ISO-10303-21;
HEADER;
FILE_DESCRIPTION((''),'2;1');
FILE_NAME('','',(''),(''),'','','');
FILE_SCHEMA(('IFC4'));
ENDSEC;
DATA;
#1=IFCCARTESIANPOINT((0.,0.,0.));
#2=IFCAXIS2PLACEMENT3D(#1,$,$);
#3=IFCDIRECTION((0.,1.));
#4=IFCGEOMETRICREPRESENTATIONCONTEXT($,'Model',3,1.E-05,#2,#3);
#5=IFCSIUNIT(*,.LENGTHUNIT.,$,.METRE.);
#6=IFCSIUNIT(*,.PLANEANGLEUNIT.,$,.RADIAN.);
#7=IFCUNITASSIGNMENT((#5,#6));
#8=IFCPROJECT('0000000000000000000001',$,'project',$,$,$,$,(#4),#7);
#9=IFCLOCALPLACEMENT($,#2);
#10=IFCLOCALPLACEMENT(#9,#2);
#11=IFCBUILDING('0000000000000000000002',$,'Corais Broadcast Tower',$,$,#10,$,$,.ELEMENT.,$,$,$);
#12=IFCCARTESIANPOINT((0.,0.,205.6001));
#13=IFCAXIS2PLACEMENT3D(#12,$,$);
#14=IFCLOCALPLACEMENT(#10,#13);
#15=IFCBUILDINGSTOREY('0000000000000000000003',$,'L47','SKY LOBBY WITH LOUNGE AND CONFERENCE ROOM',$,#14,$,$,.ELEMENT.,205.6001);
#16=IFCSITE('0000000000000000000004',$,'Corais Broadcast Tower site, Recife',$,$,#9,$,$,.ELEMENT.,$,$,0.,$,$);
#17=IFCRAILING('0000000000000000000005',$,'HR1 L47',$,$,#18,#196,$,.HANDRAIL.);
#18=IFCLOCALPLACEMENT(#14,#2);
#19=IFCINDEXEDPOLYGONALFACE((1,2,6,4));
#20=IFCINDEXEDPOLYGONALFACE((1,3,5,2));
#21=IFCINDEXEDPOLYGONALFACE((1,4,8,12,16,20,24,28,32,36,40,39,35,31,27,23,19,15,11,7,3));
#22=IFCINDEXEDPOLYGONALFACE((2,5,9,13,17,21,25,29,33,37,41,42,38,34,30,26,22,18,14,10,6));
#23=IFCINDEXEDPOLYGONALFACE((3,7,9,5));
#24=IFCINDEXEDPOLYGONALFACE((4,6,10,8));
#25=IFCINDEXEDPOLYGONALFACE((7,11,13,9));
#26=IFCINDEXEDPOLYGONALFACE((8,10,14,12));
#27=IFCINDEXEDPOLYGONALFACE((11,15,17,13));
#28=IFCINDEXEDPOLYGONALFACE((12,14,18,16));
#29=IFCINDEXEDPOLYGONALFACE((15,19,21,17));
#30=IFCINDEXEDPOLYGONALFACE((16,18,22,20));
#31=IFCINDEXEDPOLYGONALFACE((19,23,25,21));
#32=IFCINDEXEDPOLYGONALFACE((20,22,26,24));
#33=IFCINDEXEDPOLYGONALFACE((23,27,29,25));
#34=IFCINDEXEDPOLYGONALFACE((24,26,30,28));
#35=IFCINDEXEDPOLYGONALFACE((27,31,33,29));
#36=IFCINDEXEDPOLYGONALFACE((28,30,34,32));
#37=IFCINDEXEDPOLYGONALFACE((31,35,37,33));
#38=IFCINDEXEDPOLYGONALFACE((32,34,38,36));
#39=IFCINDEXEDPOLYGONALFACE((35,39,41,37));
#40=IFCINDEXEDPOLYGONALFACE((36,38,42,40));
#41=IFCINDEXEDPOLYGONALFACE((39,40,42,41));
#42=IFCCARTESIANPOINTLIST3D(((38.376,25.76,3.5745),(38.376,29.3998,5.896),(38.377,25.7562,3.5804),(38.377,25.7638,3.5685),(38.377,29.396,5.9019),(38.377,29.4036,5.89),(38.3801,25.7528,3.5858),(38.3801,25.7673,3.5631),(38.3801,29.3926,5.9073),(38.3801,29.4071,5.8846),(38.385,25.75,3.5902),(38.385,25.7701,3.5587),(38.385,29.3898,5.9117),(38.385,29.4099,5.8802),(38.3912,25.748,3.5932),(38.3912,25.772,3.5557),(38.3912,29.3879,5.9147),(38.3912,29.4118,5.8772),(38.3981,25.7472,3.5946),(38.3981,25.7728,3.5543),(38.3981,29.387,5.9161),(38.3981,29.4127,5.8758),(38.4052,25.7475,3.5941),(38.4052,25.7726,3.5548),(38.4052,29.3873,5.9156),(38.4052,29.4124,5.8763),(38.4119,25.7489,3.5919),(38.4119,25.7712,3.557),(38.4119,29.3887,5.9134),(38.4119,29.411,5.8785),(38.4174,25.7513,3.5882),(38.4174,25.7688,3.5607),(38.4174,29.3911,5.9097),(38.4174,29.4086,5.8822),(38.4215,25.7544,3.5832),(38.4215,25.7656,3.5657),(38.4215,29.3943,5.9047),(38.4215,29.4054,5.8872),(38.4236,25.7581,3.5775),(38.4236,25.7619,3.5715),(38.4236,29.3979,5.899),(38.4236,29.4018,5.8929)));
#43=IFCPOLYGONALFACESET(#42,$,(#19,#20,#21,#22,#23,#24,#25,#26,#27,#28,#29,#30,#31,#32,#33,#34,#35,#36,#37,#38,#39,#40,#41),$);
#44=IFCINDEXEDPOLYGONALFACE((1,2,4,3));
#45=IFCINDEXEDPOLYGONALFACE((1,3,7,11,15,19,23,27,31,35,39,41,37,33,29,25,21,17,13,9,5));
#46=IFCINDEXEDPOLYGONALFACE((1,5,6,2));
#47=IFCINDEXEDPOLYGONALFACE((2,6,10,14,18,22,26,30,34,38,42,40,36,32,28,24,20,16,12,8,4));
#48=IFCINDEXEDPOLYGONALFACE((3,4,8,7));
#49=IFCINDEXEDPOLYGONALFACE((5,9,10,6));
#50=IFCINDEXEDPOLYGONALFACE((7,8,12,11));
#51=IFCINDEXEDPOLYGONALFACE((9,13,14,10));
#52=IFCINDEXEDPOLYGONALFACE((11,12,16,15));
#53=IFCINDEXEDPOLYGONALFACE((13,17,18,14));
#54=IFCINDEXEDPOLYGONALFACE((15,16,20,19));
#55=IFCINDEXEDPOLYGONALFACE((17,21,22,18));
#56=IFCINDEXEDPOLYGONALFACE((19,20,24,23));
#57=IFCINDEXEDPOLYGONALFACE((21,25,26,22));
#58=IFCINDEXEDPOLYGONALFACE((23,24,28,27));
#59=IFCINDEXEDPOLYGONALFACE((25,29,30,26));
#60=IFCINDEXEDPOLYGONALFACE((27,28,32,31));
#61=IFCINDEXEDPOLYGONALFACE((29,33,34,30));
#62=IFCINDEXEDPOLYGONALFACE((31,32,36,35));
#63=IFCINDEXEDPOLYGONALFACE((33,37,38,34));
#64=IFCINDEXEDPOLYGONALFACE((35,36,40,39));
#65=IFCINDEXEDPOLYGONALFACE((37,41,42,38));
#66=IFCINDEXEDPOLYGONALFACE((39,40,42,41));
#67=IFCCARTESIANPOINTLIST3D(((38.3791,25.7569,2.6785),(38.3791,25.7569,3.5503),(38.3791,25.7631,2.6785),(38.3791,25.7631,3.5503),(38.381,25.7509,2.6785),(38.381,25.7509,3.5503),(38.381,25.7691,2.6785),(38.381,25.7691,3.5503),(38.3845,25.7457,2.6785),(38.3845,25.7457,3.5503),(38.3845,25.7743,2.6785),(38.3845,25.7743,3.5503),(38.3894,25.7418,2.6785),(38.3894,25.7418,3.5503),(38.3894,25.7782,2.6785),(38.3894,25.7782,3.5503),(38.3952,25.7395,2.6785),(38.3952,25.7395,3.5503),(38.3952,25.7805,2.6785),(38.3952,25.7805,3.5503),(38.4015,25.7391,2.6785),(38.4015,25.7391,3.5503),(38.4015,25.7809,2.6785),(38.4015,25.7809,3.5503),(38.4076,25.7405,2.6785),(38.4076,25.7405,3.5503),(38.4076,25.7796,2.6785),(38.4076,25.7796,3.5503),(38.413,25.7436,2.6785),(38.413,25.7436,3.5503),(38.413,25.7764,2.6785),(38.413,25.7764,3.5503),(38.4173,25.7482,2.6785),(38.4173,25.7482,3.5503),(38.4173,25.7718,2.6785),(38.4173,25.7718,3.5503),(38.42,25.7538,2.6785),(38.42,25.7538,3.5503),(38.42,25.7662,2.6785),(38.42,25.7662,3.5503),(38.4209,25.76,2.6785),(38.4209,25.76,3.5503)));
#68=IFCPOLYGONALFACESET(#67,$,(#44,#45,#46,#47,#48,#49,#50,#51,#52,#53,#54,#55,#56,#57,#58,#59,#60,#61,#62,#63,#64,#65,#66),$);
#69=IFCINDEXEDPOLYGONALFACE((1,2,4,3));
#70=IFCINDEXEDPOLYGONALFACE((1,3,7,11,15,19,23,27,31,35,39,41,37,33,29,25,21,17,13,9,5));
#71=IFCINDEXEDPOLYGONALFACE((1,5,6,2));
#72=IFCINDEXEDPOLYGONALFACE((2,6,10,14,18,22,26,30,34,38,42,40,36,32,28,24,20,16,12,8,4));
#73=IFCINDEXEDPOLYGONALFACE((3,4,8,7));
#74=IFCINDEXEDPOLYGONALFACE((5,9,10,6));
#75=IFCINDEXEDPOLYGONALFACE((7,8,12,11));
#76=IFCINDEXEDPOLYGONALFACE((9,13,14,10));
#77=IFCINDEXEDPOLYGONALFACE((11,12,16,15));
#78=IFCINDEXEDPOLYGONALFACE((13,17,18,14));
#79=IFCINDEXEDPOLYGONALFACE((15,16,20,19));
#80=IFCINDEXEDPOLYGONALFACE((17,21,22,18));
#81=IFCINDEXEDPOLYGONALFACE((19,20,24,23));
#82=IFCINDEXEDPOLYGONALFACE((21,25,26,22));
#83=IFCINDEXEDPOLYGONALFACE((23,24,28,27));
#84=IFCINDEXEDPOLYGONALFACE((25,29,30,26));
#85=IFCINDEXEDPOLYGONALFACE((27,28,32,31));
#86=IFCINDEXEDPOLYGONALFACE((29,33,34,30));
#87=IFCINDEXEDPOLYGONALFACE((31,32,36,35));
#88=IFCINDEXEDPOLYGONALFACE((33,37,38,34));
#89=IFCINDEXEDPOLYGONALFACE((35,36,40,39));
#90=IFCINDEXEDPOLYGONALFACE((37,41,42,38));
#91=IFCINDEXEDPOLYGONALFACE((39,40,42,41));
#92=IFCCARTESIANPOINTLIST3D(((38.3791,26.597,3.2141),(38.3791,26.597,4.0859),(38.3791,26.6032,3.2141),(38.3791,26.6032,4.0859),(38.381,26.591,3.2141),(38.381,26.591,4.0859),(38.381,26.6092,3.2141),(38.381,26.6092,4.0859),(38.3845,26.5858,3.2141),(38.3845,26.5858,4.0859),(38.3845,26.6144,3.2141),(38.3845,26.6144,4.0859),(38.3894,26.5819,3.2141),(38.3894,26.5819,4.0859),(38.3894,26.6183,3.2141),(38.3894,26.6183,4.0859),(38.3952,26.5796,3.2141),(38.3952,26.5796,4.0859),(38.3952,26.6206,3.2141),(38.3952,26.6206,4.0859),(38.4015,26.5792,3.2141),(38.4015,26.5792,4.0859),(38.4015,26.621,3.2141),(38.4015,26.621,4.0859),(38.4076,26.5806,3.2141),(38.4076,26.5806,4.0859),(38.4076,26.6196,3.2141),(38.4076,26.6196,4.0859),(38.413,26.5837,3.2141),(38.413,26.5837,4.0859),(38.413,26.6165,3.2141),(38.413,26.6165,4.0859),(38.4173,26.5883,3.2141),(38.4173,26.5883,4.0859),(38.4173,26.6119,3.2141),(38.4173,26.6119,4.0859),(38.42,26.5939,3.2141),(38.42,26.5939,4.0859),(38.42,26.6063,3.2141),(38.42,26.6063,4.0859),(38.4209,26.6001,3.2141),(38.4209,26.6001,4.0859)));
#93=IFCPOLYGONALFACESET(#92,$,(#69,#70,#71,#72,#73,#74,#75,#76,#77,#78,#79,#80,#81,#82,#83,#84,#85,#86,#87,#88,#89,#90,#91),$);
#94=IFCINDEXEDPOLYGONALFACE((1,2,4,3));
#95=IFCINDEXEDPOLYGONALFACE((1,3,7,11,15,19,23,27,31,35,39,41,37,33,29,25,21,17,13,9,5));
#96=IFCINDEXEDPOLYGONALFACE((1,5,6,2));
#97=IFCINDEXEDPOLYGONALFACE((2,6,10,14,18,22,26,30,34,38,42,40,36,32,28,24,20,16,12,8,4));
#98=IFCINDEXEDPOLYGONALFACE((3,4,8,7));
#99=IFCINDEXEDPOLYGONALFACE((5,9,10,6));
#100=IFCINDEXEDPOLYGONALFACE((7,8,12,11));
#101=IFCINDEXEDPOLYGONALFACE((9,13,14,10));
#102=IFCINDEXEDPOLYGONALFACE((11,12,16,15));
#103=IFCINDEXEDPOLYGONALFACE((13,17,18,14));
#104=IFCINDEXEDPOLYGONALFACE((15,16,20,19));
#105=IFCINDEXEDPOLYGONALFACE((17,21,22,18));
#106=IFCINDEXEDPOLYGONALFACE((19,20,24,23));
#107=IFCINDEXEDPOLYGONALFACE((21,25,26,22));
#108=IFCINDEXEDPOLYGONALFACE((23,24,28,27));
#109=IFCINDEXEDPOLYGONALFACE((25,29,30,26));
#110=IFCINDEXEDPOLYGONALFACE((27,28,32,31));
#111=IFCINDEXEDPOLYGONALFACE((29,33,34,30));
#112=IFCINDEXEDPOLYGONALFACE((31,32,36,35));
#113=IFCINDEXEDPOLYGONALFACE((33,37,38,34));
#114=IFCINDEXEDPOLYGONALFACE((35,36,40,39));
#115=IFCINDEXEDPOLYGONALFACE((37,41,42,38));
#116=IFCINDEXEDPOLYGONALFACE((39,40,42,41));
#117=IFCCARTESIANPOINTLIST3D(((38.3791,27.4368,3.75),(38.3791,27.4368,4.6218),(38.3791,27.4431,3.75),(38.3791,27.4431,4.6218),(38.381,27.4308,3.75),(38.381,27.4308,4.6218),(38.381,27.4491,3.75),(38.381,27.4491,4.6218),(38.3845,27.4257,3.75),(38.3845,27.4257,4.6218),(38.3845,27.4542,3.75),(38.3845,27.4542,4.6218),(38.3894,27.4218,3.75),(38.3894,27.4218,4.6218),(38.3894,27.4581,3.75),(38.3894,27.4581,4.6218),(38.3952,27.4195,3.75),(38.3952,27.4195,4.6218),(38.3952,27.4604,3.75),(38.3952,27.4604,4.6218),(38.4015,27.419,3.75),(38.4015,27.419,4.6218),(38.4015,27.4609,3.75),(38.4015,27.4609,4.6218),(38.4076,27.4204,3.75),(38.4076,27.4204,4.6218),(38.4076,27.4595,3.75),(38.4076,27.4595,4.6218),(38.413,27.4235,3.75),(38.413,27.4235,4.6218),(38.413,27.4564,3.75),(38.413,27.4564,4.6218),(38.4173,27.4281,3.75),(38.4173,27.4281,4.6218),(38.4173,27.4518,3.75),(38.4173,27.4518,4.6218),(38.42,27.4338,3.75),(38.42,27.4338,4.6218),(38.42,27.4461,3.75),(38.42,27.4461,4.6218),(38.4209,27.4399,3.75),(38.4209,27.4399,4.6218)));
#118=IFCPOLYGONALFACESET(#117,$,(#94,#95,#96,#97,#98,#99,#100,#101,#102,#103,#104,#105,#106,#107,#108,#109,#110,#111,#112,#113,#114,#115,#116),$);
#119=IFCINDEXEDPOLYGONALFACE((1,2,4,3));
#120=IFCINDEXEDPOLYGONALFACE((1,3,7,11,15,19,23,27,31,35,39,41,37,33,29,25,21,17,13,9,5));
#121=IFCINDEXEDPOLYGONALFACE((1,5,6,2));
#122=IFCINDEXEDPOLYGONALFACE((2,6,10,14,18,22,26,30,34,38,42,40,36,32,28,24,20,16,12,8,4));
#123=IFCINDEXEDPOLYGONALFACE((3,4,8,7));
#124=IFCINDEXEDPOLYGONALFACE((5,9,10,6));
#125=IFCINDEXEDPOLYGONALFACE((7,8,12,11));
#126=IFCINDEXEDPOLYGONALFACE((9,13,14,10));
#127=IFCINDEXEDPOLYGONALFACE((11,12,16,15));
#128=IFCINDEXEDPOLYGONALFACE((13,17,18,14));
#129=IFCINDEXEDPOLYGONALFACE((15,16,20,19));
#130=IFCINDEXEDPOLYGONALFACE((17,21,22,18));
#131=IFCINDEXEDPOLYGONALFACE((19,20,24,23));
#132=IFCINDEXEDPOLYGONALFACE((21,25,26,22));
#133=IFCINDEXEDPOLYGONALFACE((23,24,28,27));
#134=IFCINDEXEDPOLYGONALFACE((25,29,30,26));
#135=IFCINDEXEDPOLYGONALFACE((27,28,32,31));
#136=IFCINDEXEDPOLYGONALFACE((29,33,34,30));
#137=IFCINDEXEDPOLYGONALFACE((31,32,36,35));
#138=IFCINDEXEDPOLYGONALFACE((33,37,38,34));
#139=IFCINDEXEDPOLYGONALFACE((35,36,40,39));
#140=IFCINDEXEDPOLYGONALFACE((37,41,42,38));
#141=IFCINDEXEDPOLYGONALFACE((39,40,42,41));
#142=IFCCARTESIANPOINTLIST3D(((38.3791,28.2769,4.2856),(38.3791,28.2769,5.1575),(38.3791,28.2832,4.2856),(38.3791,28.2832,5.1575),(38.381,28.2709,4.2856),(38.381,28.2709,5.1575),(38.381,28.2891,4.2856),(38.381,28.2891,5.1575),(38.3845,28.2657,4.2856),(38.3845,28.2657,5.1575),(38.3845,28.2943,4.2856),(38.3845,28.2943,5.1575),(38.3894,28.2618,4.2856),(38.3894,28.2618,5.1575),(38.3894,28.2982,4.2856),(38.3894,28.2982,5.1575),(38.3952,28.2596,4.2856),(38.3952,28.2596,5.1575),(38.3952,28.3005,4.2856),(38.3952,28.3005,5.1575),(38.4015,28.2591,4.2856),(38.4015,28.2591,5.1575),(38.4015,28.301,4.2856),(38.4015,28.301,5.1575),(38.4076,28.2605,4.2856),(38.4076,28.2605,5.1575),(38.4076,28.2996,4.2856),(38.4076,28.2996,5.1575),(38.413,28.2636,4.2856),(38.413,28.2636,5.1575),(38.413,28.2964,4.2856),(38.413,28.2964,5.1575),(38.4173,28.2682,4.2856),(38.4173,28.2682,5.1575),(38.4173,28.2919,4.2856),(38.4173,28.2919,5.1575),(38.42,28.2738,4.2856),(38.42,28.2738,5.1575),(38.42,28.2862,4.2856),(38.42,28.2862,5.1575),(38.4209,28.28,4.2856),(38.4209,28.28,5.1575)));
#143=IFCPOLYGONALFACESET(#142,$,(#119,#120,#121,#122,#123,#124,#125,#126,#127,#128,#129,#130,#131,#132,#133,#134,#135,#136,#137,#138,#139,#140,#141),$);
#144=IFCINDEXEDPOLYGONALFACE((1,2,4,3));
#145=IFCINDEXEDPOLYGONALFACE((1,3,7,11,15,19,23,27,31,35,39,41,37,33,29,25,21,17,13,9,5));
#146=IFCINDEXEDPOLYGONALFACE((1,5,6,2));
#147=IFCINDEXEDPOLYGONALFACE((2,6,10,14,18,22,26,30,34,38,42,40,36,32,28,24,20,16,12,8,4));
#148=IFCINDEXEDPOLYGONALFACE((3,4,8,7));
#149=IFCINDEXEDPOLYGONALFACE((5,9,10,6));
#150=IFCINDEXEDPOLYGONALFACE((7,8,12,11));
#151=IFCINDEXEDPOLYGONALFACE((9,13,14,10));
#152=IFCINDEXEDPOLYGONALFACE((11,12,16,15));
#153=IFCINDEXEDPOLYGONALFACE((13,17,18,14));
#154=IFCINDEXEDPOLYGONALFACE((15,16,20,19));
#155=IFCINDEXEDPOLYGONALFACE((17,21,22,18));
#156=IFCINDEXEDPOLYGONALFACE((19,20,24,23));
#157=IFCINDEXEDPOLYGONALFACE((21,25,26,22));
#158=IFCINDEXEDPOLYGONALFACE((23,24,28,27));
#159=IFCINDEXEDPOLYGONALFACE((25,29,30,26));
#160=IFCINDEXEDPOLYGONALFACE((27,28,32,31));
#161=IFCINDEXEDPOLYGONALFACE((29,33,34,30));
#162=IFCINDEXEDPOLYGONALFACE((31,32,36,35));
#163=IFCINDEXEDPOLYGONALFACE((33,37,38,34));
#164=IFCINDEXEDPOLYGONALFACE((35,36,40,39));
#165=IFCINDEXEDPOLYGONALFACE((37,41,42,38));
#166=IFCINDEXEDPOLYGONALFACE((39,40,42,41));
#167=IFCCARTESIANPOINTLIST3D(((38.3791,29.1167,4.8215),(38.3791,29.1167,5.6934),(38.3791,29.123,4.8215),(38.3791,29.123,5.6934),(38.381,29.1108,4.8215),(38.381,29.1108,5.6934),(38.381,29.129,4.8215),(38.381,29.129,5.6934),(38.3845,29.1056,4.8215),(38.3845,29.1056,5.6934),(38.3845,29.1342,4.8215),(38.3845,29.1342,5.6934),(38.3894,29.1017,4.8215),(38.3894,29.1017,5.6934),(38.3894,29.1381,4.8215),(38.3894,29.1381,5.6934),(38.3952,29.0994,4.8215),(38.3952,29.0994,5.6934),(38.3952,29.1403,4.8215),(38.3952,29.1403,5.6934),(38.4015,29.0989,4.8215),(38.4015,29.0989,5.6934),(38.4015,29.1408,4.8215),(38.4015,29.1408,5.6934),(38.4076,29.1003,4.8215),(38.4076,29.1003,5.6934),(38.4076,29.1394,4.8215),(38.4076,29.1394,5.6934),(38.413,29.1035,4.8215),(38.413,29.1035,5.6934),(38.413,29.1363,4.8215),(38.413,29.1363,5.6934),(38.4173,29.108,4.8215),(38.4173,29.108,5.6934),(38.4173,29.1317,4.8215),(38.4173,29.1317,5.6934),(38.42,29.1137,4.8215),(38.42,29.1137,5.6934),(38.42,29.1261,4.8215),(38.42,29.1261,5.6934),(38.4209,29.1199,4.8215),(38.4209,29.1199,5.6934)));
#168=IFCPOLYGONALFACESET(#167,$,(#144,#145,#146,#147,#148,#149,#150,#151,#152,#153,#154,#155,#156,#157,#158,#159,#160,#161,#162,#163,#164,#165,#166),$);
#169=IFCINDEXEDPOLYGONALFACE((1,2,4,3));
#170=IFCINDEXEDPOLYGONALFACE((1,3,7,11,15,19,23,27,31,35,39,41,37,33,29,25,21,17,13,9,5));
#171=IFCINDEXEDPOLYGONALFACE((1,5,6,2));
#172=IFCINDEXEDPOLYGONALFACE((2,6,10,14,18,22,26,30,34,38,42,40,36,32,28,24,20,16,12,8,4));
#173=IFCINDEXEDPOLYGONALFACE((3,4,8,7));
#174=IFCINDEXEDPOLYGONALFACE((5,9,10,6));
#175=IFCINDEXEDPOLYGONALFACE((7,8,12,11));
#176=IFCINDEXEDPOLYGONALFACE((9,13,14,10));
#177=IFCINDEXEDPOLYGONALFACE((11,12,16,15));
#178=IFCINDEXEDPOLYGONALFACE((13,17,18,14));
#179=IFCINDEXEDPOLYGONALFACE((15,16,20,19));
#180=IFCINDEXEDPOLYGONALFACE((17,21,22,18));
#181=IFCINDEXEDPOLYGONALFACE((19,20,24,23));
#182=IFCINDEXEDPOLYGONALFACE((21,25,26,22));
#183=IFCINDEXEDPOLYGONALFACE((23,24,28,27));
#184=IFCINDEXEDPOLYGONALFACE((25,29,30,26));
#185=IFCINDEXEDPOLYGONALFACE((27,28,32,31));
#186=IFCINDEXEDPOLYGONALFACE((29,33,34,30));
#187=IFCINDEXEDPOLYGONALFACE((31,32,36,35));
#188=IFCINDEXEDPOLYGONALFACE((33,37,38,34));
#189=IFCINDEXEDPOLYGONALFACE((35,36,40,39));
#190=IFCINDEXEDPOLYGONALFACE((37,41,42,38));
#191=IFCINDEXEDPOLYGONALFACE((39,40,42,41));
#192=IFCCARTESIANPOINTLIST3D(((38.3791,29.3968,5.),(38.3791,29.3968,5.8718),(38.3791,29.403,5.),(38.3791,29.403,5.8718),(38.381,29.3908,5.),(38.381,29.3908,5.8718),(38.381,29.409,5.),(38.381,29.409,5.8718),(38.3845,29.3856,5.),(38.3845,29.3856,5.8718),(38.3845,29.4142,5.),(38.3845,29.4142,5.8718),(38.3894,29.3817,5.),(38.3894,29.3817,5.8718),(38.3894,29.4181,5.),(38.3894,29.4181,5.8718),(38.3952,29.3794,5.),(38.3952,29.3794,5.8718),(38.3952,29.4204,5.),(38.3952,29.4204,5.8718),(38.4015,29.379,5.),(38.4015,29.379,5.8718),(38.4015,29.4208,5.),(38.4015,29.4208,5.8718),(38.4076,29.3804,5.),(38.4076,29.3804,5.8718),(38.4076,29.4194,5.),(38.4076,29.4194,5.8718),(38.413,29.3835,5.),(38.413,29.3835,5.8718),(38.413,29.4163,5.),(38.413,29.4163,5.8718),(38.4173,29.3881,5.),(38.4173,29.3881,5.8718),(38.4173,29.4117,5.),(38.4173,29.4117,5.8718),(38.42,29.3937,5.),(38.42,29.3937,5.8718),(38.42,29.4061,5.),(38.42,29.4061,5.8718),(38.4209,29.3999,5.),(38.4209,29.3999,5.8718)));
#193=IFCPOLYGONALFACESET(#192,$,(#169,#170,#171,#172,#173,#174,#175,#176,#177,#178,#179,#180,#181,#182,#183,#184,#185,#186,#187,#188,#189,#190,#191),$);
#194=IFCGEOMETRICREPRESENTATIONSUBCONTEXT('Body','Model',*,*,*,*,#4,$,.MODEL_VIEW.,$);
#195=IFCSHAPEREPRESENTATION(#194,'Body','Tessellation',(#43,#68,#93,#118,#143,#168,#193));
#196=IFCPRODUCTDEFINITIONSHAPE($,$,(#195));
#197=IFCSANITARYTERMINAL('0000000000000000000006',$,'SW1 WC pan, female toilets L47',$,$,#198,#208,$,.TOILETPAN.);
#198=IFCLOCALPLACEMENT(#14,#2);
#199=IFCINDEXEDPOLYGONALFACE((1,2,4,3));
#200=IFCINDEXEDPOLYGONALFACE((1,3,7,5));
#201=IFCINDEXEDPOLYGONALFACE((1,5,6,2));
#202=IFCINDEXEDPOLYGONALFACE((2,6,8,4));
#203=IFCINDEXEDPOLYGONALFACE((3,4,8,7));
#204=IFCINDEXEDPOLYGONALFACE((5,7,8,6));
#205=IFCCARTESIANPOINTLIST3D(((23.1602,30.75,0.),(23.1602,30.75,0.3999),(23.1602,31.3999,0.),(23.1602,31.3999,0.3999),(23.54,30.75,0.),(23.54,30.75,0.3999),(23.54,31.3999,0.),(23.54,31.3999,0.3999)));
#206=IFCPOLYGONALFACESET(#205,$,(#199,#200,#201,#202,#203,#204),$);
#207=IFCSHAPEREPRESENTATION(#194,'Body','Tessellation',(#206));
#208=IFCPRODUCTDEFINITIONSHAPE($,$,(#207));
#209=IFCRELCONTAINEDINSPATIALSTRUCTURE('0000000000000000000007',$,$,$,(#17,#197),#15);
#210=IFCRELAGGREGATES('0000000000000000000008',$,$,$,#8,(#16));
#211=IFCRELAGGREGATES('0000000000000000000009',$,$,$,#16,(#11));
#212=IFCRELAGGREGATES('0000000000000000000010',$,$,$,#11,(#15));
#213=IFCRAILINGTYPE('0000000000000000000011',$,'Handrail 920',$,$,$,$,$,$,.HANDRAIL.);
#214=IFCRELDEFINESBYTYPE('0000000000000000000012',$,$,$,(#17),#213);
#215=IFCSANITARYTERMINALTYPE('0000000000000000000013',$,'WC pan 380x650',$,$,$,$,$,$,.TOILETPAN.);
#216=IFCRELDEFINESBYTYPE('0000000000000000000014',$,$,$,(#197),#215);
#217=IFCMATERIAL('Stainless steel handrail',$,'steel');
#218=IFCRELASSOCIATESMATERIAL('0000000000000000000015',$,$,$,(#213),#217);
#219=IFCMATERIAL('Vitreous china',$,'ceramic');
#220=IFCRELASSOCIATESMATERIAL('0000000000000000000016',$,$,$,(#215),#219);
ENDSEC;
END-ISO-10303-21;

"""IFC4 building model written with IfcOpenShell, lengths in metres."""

from ifc_helpers import new_model, si_unit, direction, frame, origin, origin_2d, place, context, subcontext, project, spatial, rectangle, circle, extrude, material, type_object, element, save


model = new_model("IFC4")

# Units and contexts
model_context = context("Model", 3, precision=1e-05, world=origin(), true_north=direction((0.0, 1.0)))
body_context = subcontext(model_context, "Body", "Model", "MODEL_VIEW")
ifc_project = project(units=[si_unit("LENGTHUNIT", "METRE"), si_unit("PLANEANGLEUNIT", "RADIAN")], contexts=[model_context])

# Site, building, storey
site_placement = place(None, origin())
site = spatial("IfcSite", under=ifc_project, at=site_placement, Name="Corais Broadcast Tower site, Recife", CompositionType="ELEMENT", RefElevation=0.0)
building_placement = place(site_placement, origin())
building = spatial("IfcBuilding", under=site, at=building_placement, Name="Corais Broadcast Tower", CompositionType="ELEMENT")
storey_placement = place(building_placement, frame((0.0, 0.0, 205.6001)))
storey = spatial("IfcBuildingStorey", under=building, at=storey_placement, Name="L47", Description="SKY LOBBY WITH LOUNGE AND CONFERENCE ROOM", CompositionType="ELEMENT", Elevation=205.6001)

# Railing
ifc_material_1 = material(Name="Stainless steel handrail", Category="steel")
railing_type = type_object("IfcRailingType", Name="Handrail 920", PredefinedType="HANDRAIL", material=ifc_material_1)
for number, where, name in (
    (1, (38.3999, 25.76, 2.6785), "HR1 L47"),
):
    element("IfcRailing", number, at=place(storey_placement, frame(where)), inside=storey, type_object=railing_type, Name=name, PredefinedType="HANDRAIL", context=body_context, shape_type="SweptSolid", body=[
        extrude(circle(Radius=0.0239, at=origin_2d()), frame((0.0, 0.0, 0.896), z_axis=(0.0, 0.843112, 0.537739), x_axis=(-1.0, 0.0, 0.0)), (0.0, 0.0, 1.0), 4.3171),
        extrude(circle(Radius=0.021, at=origin_2d()), origin(), (0.0, 0.0, 1.0), 0.8718),
        extrude(circle(Radius=0.021, at=origin_2d()), frame((0.0, 0.8401, 0.5356)), (0.0, 0.0, 1.0), 0.8718),
        extrude(circle(Radius=0.021, at=origin_2d()), frame((0.0, 1.6799, 1.0715)), (0.0, 0.0, 1.0), 0.8718),
        extrude(circle(Radius=0.021, at=origin_2d()), frame((0.0, 2.52, 1.6072)), (0.0, 0.0, 1.0), 0.8718),
        extrude(circle(Radius=0.021, at=origin_2d()), frame((0.0, 3.3599, 2.1431)), (0.0, 0.0, 1.0), 0.8718),
        extrude(circle(Radius=0.021, at=origin_2d()), frame((0.0, 3.6399, 2.3215)), (0.0, 0.0, 1.0), 0.8718),
    ])

# Sanitary terminal
ifc_material_2 = material(Name="Vitreous china", Category="ceramic")
sanitary_terminal_type_1 = type_object("IfcSanitaryTerminalType", Name="WC pan 380x650", PredefinedType="TOILETPAN", material=ifc_material_2)
for number, where, z_axis, x_axis, name in (
    (2, (23.3501, 31.075, 0.0), (0.0, 0.0, 1.0), (1.0, 0.0, 0.0), "SW1 WC pan, female toilets L47"),
):
    element("IfcSanitaryTerminal", number, at=place(storey_placement, frame(where, z_axis=z_axis, x_axis=x_axis)), inside=storey, type_object=sanitary_terminal_type_1, Name=name, PredefinedType="TOILETPAN", context=body_context, shape_type="SweptSolid", body=[
        extrude(rectangle(XDim=0.3799, YDim=0.6499, at=origin_2d()), origin(), (0.0, 0.0, 1.0), 0.3999),
    ])

save(model, "model.ifc")
